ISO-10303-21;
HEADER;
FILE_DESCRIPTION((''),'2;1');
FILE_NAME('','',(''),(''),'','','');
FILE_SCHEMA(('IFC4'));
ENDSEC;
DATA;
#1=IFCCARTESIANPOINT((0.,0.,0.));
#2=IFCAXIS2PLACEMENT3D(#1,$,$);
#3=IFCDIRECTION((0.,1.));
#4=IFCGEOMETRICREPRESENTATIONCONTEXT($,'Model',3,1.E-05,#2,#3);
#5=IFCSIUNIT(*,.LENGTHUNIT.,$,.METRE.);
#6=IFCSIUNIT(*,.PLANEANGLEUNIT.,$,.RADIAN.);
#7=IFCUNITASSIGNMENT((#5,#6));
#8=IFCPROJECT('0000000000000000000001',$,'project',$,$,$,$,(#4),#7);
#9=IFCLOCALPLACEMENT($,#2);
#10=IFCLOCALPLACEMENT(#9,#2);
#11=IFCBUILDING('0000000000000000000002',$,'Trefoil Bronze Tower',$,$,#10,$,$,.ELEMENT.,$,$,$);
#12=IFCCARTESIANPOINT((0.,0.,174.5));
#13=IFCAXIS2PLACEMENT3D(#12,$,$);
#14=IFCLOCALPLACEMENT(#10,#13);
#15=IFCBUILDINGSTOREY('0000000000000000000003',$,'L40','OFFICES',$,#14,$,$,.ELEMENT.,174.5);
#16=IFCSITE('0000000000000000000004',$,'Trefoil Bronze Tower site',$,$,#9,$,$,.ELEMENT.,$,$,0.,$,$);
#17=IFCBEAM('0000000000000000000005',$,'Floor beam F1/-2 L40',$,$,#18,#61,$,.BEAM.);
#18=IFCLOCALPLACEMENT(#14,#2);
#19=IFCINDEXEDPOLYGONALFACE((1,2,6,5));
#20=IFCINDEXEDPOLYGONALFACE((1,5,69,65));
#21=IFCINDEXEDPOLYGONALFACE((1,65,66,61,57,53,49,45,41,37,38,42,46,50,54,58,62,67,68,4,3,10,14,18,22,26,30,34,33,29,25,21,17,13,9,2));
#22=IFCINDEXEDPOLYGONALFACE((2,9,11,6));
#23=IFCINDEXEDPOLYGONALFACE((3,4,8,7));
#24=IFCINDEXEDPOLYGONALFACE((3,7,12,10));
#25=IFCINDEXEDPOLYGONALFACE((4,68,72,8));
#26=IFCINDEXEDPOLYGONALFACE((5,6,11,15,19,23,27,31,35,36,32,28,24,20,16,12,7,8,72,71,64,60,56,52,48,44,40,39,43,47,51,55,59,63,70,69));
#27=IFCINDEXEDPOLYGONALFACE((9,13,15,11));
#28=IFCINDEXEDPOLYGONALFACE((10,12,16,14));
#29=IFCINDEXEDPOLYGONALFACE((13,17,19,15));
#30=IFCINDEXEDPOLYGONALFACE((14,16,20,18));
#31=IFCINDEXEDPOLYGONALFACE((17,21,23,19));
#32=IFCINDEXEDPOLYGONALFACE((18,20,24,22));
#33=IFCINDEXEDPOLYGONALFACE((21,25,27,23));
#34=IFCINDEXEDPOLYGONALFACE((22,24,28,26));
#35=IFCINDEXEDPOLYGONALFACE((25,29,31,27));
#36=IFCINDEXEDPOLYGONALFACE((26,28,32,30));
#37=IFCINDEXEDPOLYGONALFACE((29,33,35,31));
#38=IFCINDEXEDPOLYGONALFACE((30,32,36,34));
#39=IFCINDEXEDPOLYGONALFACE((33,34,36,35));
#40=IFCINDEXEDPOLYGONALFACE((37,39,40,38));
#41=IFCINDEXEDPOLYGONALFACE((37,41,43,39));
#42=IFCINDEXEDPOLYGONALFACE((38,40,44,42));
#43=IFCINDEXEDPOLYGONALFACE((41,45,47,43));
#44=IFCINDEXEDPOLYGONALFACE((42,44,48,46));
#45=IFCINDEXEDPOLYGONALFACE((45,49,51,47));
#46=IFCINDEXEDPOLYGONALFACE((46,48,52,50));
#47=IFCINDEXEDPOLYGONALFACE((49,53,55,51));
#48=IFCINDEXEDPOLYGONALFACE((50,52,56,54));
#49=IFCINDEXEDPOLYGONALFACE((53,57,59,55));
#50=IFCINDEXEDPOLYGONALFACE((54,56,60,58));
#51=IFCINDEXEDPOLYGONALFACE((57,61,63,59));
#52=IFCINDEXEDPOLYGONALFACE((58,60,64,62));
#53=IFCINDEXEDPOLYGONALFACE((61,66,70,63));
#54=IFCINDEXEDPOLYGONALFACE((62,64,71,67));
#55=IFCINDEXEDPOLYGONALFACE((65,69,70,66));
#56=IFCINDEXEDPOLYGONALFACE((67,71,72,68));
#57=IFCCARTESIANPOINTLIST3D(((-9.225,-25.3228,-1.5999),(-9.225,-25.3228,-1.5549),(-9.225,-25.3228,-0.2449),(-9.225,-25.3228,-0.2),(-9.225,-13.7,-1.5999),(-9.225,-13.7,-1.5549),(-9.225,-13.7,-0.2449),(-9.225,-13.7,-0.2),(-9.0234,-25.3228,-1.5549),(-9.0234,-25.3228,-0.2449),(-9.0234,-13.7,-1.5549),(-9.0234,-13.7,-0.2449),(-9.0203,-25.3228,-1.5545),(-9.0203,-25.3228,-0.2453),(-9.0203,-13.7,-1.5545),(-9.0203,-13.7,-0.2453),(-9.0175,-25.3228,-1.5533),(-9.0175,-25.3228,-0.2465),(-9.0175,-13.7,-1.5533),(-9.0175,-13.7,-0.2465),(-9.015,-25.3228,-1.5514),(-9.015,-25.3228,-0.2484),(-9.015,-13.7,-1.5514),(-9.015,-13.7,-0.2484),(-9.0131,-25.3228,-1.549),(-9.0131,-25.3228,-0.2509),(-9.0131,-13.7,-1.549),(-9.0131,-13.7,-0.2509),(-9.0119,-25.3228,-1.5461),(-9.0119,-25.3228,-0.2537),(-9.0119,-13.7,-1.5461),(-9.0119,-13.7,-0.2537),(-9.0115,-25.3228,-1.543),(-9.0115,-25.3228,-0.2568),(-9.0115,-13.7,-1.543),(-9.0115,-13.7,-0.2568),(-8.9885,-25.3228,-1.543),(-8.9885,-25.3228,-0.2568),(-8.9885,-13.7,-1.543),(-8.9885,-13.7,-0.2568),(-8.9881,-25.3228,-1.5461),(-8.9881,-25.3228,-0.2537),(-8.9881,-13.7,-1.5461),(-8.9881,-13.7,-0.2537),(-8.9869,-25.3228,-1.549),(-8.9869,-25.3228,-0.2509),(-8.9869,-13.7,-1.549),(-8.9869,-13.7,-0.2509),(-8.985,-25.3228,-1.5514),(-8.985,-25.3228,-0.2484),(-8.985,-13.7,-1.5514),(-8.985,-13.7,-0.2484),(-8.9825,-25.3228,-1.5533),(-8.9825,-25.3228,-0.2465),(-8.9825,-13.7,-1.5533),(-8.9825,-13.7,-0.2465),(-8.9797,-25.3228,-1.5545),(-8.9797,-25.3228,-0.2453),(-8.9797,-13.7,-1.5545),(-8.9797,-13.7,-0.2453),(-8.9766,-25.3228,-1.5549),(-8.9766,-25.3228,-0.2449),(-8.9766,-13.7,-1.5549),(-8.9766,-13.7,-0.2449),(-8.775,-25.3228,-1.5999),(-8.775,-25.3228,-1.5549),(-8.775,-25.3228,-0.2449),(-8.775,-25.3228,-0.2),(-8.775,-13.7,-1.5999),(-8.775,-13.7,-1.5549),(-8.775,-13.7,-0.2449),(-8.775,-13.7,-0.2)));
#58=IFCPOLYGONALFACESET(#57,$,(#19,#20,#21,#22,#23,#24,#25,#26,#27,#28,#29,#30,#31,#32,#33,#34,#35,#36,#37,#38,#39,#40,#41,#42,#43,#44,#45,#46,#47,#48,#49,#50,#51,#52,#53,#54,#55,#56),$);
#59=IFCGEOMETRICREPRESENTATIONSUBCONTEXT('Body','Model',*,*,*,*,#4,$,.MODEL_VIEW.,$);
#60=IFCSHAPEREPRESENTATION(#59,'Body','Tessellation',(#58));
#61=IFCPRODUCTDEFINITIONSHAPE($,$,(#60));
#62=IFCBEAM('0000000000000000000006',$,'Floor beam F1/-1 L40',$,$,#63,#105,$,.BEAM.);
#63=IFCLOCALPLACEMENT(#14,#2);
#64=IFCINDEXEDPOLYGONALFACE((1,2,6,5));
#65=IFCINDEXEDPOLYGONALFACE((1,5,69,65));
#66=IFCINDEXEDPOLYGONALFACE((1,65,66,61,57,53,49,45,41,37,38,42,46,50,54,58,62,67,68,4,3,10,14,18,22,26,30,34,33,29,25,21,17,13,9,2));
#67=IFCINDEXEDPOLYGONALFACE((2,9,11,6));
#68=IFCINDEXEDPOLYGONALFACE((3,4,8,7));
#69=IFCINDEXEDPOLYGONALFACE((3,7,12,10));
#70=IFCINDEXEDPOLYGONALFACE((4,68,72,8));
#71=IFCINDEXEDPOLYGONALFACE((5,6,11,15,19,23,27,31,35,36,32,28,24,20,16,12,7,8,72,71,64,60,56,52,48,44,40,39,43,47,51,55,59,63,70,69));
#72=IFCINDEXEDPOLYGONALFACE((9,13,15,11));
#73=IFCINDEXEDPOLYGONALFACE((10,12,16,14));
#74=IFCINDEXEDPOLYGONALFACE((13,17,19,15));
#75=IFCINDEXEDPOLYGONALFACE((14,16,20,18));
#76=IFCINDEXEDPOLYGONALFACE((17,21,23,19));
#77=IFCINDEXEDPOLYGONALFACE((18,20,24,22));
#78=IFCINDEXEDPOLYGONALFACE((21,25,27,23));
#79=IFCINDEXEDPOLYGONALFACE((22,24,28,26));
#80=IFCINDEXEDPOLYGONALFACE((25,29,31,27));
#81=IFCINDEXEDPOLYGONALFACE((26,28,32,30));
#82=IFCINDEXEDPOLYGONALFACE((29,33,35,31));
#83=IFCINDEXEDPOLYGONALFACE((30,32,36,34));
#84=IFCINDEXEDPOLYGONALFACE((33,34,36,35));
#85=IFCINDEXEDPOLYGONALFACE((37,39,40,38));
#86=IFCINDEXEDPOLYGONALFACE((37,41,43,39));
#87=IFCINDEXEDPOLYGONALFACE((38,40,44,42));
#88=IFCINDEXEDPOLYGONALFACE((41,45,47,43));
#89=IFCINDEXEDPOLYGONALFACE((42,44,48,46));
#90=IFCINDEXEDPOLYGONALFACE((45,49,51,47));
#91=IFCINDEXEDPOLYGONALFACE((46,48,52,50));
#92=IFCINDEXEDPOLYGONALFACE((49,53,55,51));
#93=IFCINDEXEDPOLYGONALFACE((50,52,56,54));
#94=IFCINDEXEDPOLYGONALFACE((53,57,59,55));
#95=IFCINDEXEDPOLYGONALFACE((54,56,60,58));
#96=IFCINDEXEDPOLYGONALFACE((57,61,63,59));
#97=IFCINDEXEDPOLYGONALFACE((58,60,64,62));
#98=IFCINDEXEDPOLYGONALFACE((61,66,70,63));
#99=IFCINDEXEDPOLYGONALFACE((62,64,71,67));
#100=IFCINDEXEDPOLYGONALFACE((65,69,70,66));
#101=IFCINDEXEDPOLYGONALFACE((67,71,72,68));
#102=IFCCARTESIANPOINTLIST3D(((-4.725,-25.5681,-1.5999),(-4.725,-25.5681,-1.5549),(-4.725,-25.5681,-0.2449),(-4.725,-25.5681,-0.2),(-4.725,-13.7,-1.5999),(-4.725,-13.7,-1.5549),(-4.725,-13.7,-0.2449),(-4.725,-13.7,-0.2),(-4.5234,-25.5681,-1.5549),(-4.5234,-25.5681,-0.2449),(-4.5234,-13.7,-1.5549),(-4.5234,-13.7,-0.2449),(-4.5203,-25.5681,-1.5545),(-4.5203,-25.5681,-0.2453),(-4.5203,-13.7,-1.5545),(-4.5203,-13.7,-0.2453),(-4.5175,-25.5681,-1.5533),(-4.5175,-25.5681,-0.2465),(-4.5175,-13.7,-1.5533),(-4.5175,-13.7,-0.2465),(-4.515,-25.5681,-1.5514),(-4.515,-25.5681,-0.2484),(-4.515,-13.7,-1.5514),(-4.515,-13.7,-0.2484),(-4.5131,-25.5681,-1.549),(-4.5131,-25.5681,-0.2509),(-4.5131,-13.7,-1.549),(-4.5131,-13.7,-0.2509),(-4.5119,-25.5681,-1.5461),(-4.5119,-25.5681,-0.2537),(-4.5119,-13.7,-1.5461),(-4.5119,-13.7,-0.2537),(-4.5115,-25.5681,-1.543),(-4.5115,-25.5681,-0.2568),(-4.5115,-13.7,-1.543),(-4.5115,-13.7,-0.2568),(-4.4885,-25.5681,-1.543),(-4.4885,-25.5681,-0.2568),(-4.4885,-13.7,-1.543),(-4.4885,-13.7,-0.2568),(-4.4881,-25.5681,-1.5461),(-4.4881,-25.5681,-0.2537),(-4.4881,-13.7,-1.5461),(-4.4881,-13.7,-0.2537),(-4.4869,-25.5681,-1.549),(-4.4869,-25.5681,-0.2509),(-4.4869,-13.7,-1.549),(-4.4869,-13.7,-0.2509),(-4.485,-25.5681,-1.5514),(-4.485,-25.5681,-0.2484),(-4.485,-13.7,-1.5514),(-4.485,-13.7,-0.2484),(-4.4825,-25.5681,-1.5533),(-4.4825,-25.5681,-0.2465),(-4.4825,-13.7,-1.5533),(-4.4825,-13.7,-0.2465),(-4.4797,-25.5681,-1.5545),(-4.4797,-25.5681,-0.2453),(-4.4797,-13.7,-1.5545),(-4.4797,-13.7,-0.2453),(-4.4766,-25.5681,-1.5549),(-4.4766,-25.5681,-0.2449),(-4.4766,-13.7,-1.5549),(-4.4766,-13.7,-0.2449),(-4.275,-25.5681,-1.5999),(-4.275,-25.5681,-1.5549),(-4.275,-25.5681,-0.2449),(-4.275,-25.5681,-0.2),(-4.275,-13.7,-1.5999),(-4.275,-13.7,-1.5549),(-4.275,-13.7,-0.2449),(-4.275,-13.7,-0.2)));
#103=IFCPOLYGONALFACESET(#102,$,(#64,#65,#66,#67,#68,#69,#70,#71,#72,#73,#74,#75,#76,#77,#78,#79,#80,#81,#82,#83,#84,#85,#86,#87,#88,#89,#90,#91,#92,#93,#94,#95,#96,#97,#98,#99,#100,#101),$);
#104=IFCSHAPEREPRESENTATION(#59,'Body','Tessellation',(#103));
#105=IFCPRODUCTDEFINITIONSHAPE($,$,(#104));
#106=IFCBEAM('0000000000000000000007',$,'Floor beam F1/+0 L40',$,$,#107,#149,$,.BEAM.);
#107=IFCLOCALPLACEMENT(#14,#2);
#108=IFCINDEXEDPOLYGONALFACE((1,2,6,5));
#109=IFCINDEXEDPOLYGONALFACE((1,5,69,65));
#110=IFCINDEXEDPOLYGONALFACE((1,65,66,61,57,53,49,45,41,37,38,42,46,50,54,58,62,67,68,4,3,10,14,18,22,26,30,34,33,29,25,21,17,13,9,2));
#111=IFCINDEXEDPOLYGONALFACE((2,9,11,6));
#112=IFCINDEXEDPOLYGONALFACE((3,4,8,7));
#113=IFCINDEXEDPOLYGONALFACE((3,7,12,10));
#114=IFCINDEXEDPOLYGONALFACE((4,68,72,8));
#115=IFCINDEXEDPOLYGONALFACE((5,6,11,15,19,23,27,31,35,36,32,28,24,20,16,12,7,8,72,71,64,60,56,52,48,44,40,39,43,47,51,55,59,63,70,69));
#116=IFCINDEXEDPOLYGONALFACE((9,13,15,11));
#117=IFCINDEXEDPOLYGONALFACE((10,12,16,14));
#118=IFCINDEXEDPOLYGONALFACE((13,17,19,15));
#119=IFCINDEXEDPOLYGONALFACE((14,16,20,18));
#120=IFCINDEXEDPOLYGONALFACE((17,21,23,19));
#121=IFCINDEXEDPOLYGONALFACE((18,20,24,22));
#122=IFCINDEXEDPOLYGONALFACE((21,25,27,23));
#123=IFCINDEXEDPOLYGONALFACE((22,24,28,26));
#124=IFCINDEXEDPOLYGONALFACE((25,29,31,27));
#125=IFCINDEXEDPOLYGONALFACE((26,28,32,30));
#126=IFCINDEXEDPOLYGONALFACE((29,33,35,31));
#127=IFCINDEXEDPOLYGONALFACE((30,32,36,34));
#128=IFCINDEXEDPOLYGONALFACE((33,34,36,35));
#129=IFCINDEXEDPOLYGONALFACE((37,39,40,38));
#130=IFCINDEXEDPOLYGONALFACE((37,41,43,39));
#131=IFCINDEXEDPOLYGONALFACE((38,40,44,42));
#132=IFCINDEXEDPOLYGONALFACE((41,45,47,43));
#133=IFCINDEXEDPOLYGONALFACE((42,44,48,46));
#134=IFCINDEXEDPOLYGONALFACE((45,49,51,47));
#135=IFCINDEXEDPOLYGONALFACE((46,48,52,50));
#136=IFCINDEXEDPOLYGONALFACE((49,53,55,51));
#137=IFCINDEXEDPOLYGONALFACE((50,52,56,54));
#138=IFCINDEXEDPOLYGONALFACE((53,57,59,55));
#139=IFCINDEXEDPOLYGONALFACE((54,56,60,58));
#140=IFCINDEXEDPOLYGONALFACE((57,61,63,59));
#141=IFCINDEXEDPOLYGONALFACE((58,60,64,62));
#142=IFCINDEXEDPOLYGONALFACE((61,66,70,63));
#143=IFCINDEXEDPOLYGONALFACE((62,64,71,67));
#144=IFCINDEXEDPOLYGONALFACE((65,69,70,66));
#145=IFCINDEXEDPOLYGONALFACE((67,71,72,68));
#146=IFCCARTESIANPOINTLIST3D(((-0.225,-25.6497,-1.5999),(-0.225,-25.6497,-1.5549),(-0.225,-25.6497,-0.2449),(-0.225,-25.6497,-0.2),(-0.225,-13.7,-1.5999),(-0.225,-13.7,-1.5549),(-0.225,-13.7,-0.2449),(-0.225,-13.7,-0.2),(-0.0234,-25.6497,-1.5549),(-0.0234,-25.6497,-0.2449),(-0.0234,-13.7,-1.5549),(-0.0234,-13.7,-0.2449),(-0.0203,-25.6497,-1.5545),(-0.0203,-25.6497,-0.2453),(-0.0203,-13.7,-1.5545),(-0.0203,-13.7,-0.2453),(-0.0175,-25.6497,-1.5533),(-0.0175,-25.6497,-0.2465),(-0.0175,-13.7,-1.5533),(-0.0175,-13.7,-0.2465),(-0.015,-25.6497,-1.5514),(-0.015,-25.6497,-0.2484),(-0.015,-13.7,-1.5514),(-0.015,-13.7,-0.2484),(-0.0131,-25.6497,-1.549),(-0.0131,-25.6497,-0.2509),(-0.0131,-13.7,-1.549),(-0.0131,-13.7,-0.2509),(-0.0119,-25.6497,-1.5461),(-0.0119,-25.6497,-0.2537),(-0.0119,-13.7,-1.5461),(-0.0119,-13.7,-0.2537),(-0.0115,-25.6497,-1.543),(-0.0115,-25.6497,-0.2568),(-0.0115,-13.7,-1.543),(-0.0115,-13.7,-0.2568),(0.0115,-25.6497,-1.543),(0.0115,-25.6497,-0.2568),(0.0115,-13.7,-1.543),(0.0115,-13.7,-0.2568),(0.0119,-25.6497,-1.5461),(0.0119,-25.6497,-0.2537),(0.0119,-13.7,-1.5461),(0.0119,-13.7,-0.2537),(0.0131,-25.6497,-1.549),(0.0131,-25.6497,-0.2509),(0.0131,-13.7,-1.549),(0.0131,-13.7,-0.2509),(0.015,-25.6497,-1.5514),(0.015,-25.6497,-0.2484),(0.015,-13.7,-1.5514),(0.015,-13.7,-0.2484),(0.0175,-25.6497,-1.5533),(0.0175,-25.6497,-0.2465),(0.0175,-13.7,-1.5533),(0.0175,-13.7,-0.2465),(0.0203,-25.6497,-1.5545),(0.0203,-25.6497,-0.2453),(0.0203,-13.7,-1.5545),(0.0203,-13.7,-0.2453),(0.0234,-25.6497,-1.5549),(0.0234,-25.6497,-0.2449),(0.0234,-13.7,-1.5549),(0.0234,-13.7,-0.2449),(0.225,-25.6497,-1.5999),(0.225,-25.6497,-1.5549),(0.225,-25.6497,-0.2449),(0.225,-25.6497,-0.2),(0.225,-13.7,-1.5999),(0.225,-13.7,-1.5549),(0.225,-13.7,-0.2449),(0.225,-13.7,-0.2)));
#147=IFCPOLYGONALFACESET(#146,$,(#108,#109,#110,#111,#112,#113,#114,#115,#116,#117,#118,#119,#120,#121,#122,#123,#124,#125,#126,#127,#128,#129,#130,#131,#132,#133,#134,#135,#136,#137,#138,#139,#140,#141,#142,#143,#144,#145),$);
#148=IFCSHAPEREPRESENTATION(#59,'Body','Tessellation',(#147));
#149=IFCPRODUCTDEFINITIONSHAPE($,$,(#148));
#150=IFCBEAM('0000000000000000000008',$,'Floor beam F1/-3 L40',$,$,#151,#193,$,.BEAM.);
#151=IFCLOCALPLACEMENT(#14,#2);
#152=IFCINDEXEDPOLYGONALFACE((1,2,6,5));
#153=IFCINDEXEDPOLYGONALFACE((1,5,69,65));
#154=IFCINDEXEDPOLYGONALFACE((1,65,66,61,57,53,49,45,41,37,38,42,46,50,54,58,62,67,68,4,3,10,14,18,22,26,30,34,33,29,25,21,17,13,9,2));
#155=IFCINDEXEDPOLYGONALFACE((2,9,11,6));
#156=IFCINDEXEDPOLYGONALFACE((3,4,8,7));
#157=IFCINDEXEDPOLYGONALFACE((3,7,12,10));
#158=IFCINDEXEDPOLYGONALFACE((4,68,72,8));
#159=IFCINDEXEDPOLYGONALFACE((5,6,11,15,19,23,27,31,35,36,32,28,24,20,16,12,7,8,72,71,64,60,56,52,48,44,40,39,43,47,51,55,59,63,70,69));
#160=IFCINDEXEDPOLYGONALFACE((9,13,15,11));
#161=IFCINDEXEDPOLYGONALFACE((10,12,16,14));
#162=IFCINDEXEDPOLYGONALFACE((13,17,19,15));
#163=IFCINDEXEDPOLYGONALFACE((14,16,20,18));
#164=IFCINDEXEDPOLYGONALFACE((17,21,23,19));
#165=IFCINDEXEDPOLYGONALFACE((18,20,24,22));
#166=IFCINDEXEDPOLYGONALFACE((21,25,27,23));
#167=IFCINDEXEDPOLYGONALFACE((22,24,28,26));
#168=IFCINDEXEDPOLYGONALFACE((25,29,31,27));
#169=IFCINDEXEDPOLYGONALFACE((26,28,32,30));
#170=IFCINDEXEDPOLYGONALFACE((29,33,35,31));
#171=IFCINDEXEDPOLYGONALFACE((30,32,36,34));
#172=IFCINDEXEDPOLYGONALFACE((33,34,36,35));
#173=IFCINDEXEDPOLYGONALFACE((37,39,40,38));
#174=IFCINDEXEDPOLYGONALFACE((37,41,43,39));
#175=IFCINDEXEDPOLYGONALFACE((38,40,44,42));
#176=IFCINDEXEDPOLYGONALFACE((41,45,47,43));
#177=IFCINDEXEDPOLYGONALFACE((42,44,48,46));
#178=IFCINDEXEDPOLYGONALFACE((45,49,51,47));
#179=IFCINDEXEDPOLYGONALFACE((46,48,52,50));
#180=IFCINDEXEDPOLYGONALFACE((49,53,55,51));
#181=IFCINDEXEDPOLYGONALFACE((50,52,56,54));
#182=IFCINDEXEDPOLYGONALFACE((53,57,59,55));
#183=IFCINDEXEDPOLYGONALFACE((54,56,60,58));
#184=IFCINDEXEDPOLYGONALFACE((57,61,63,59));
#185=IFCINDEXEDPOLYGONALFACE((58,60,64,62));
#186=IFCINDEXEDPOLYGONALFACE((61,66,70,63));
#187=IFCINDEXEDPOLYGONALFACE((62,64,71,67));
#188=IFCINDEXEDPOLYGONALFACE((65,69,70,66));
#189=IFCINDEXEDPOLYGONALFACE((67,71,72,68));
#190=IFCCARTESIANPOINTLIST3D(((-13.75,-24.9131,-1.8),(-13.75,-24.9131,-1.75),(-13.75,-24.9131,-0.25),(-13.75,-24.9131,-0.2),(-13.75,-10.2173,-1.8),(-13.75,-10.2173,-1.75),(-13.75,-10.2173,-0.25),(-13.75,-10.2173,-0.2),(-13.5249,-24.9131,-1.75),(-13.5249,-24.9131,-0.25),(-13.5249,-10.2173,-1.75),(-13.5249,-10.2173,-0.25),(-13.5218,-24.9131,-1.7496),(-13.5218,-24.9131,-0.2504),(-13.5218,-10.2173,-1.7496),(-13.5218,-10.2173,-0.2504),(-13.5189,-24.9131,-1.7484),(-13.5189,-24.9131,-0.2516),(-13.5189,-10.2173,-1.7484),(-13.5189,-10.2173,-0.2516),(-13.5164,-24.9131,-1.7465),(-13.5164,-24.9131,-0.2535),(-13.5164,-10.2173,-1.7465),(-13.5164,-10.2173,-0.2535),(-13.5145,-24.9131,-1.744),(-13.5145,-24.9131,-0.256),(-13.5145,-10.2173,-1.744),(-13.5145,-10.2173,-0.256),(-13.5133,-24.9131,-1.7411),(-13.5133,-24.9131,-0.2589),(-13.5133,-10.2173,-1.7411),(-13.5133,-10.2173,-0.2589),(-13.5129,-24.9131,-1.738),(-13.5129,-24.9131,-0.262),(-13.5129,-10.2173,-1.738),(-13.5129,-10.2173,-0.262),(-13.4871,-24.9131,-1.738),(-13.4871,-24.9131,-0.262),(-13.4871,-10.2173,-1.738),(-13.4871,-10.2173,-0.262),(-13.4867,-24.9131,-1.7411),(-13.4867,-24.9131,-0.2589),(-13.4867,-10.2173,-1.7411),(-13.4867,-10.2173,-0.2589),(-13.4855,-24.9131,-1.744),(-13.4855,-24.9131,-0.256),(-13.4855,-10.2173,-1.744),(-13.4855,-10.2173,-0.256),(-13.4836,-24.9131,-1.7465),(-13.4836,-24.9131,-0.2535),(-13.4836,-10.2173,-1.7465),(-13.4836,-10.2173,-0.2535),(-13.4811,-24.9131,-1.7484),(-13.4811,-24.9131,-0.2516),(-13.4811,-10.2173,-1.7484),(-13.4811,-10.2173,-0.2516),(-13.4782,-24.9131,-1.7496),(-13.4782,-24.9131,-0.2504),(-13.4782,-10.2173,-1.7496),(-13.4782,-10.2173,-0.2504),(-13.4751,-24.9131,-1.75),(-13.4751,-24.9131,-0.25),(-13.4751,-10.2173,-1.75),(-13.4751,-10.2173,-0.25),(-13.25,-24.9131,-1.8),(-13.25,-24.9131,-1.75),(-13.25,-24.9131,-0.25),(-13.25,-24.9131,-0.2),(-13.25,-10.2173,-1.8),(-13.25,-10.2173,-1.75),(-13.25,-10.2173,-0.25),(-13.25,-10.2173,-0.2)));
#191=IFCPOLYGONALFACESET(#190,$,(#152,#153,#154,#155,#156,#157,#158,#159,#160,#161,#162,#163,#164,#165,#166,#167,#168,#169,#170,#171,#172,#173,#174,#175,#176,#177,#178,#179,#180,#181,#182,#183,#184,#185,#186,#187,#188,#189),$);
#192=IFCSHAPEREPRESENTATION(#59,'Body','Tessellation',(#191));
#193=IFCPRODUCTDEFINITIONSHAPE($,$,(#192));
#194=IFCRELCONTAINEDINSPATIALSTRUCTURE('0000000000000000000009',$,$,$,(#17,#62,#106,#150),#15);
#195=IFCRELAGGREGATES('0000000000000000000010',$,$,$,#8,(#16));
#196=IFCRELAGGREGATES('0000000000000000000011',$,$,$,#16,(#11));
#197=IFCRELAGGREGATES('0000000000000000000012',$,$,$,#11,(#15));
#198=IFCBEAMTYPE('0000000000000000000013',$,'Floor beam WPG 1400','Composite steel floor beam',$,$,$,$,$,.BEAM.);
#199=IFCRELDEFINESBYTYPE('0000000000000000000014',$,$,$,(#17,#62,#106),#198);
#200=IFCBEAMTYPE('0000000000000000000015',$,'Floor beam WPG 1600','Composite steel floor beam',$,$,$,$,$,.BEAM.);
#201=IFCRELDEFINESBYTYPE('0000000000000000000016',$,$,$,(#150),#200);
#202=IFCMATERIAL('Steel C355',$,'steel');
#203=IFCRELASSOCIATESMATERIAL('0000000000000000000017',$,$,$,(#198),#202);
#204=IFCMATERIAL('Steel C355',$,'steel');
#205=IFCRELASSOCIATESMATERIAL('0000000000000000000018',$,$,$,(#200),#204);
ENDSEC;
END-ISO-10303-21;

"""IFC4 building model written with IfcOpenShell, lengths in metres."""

from ifc_helpers import new_model, si_unit, direction, frame, origin, origin_2d, place, context, subcontext, project, spatial, i_section, extrude, material, material_profile, profile_set, type_object, element, save


model = new_model("IFC4")

# Units and contexts
model_context = context("Model", 3, precision=1e-05, world=origin(), true_north=direction((0.0, 1.0)))
body_context = subcontext(model_context, "Body", "Model", "MODEL_VIEW")
ifc_project = project(units=[si_unit("LENGTHUNIT", "METRE"), si_unit("PLANEANGLEUNIT", "RADIAN")], contexts=[model_context])

# Site, building, storey
site_placement = place(None, origin())
site = spatial("IfcSite", under=ifc_project, at=site_placement, Name="Trefoil Bronze Tower site", CompositionType="ELEMENT", RefElevation=0.0)
building_placement = place(site_placement, origin())
building = spatial("IfcBuilding", under=site, at=building_placement, Name="Trefoil Bronze Tower", CompositionType="ELEMENT")
storey_placement = place(building_placement, frame((0.0, 0.0, 174.5)))
storey = spatial("IfcBuildingStorey", under=building, at=storey_placement, Name="L40", Description="OFFICES", CompositionType="ELEMENT", Elevation=174.5)

# Beams
ifc_material_1 = material(Name="Steel C355", Category="steel")
ifc_material_profile_1 = material_profile(ifc_material_1, i_section(OverallWidth=0.45, OverallDepth=1.3999, WebThickness=0.0229, FlangeThickness=0.0449, FilletRadius=0.012, at=origin_2d()), Name="WPG 1400")
ifc_profile_set_1 = profile_set([ifc_material_profile_1], Name="Steel C355")
beam_type_1 = type_object("IfcBeamType", Name="Floor beam WPG 1400", Description="Composite steel floor beam", PredefinedType="BEAM", material=ifc_profile_set_1)
beam_1_placement = place(storey_placement, frame((-9.0, -25.3228, -0.8999), z_axis=(0.0, 1.0, 0.0), x_axis=(-1.0, 0.0, 0.0)))
element("IfcBeam", 1, at=beam_1_placement, inside=storey, type_object=beam_type_1, Name="Floor beam F1/-2 L40", PredefinedType="BEAM", context=body_context, shape_type="SweptSolid", body=[
    extrude(i_section(OverallWidth=0.45, OverallDepth=1.3999, WebThickness=0.0229, FlangeThickness=0.0449, FilletRadius=0.012, at=origin_2d()), origin(), (0.0, 0.0, 1.0), 11.6228),
])
beam_2_placement = place(storey_placement, frame((-4.5, -25.5681, -0.8999), z_axis=(0.0, 1.0, 0.0), x_axis=(-1.0, 0.0, 0.0)))
element("IfcBeam", 2, at=beam_2_placement, inside=storey, type_object=beam_type_1, Name="Floor beam F1/-1 L40", PredefinedType="BEAM", context=body_context, shape_type="SweptSolid", body=[
    extrude(i_section(OverallWidth=0.45, OverallDepth=1.3999, WebThickness=0.0229, FlangeThickness=0.0449, FilletRadius=0.012, at=origin_2d()), origin(), (0.0, 0.0, 1.0), 11.8682),
])
beam_3_placement = place(storey_placement, frame((0.0, -25.6497, -0.8999), z_axis=(0.0, 1.0, 0.0), x_axis=(-1.0, 0.0, 0.0)))
element("IfcBeam", 3, at=beam_3_placement, inside=storey, type_object=beam_type_1, Name="Floor beam F1/+0 L40", PredefinedType="BEAM", context=body_context, shape_type="SweptSolid", body=[
    extrude(i_section(OverallWidth=0.45, OverallDepth=1.3999, WebThickness=0.0229, FlangeThickness=0.0449, FilletRadius=0.012, at=origin_2d()), origin(), (0.0, 0.0, 1.0), 11.9497),
])
ifc_material_2 = material(Name="Steel C355", Category="steel")
ifc_material_profile_2 = material_profile(ifc_material_2, i_section(OverallWidth=0.5, OverallDepth=1.6001, WebThickness=0.0259, FlangeThickness=0.05, FilletRadius=0.012, at=origin_2d()), Name="WPG 1600")
ifc_profile_set_2 = profile_set([ifc_material_profile_2], Name="Steel C355")
beam_type_2 = type_object("IfcBeamType", Name="Floor beam WPG 1600", Description="Composite steel floor beam", PredefinedType="BEAM", material=ifc_profile_set_2)
beam_4_placement = place(storey_placement, frame((-13.5, -24.9131, -1.0), z_axis=(0.0, 1.0, 0.0), x_axis=(-1.0, 0.0, 0.0)))
element("IfcBeam", 4, at=beam_4_placement, inside=storey, type_object=beam_type_2, Name="Floor beam F1/-3 L40", PredefinedType="BEAM", context=body_context, shape_type="SweptSolid", body=[
    extrude(i_section(OverallWidth=0.5, OverallDepth=1.6001, WebThickness=0.0259, FlangeThickness=0.05, FilletRadius=0.012, at=origin_2d()), origin(), (0.0, 0.0, 1.0), 14.6958),
])

save(model, "model.ifc")
